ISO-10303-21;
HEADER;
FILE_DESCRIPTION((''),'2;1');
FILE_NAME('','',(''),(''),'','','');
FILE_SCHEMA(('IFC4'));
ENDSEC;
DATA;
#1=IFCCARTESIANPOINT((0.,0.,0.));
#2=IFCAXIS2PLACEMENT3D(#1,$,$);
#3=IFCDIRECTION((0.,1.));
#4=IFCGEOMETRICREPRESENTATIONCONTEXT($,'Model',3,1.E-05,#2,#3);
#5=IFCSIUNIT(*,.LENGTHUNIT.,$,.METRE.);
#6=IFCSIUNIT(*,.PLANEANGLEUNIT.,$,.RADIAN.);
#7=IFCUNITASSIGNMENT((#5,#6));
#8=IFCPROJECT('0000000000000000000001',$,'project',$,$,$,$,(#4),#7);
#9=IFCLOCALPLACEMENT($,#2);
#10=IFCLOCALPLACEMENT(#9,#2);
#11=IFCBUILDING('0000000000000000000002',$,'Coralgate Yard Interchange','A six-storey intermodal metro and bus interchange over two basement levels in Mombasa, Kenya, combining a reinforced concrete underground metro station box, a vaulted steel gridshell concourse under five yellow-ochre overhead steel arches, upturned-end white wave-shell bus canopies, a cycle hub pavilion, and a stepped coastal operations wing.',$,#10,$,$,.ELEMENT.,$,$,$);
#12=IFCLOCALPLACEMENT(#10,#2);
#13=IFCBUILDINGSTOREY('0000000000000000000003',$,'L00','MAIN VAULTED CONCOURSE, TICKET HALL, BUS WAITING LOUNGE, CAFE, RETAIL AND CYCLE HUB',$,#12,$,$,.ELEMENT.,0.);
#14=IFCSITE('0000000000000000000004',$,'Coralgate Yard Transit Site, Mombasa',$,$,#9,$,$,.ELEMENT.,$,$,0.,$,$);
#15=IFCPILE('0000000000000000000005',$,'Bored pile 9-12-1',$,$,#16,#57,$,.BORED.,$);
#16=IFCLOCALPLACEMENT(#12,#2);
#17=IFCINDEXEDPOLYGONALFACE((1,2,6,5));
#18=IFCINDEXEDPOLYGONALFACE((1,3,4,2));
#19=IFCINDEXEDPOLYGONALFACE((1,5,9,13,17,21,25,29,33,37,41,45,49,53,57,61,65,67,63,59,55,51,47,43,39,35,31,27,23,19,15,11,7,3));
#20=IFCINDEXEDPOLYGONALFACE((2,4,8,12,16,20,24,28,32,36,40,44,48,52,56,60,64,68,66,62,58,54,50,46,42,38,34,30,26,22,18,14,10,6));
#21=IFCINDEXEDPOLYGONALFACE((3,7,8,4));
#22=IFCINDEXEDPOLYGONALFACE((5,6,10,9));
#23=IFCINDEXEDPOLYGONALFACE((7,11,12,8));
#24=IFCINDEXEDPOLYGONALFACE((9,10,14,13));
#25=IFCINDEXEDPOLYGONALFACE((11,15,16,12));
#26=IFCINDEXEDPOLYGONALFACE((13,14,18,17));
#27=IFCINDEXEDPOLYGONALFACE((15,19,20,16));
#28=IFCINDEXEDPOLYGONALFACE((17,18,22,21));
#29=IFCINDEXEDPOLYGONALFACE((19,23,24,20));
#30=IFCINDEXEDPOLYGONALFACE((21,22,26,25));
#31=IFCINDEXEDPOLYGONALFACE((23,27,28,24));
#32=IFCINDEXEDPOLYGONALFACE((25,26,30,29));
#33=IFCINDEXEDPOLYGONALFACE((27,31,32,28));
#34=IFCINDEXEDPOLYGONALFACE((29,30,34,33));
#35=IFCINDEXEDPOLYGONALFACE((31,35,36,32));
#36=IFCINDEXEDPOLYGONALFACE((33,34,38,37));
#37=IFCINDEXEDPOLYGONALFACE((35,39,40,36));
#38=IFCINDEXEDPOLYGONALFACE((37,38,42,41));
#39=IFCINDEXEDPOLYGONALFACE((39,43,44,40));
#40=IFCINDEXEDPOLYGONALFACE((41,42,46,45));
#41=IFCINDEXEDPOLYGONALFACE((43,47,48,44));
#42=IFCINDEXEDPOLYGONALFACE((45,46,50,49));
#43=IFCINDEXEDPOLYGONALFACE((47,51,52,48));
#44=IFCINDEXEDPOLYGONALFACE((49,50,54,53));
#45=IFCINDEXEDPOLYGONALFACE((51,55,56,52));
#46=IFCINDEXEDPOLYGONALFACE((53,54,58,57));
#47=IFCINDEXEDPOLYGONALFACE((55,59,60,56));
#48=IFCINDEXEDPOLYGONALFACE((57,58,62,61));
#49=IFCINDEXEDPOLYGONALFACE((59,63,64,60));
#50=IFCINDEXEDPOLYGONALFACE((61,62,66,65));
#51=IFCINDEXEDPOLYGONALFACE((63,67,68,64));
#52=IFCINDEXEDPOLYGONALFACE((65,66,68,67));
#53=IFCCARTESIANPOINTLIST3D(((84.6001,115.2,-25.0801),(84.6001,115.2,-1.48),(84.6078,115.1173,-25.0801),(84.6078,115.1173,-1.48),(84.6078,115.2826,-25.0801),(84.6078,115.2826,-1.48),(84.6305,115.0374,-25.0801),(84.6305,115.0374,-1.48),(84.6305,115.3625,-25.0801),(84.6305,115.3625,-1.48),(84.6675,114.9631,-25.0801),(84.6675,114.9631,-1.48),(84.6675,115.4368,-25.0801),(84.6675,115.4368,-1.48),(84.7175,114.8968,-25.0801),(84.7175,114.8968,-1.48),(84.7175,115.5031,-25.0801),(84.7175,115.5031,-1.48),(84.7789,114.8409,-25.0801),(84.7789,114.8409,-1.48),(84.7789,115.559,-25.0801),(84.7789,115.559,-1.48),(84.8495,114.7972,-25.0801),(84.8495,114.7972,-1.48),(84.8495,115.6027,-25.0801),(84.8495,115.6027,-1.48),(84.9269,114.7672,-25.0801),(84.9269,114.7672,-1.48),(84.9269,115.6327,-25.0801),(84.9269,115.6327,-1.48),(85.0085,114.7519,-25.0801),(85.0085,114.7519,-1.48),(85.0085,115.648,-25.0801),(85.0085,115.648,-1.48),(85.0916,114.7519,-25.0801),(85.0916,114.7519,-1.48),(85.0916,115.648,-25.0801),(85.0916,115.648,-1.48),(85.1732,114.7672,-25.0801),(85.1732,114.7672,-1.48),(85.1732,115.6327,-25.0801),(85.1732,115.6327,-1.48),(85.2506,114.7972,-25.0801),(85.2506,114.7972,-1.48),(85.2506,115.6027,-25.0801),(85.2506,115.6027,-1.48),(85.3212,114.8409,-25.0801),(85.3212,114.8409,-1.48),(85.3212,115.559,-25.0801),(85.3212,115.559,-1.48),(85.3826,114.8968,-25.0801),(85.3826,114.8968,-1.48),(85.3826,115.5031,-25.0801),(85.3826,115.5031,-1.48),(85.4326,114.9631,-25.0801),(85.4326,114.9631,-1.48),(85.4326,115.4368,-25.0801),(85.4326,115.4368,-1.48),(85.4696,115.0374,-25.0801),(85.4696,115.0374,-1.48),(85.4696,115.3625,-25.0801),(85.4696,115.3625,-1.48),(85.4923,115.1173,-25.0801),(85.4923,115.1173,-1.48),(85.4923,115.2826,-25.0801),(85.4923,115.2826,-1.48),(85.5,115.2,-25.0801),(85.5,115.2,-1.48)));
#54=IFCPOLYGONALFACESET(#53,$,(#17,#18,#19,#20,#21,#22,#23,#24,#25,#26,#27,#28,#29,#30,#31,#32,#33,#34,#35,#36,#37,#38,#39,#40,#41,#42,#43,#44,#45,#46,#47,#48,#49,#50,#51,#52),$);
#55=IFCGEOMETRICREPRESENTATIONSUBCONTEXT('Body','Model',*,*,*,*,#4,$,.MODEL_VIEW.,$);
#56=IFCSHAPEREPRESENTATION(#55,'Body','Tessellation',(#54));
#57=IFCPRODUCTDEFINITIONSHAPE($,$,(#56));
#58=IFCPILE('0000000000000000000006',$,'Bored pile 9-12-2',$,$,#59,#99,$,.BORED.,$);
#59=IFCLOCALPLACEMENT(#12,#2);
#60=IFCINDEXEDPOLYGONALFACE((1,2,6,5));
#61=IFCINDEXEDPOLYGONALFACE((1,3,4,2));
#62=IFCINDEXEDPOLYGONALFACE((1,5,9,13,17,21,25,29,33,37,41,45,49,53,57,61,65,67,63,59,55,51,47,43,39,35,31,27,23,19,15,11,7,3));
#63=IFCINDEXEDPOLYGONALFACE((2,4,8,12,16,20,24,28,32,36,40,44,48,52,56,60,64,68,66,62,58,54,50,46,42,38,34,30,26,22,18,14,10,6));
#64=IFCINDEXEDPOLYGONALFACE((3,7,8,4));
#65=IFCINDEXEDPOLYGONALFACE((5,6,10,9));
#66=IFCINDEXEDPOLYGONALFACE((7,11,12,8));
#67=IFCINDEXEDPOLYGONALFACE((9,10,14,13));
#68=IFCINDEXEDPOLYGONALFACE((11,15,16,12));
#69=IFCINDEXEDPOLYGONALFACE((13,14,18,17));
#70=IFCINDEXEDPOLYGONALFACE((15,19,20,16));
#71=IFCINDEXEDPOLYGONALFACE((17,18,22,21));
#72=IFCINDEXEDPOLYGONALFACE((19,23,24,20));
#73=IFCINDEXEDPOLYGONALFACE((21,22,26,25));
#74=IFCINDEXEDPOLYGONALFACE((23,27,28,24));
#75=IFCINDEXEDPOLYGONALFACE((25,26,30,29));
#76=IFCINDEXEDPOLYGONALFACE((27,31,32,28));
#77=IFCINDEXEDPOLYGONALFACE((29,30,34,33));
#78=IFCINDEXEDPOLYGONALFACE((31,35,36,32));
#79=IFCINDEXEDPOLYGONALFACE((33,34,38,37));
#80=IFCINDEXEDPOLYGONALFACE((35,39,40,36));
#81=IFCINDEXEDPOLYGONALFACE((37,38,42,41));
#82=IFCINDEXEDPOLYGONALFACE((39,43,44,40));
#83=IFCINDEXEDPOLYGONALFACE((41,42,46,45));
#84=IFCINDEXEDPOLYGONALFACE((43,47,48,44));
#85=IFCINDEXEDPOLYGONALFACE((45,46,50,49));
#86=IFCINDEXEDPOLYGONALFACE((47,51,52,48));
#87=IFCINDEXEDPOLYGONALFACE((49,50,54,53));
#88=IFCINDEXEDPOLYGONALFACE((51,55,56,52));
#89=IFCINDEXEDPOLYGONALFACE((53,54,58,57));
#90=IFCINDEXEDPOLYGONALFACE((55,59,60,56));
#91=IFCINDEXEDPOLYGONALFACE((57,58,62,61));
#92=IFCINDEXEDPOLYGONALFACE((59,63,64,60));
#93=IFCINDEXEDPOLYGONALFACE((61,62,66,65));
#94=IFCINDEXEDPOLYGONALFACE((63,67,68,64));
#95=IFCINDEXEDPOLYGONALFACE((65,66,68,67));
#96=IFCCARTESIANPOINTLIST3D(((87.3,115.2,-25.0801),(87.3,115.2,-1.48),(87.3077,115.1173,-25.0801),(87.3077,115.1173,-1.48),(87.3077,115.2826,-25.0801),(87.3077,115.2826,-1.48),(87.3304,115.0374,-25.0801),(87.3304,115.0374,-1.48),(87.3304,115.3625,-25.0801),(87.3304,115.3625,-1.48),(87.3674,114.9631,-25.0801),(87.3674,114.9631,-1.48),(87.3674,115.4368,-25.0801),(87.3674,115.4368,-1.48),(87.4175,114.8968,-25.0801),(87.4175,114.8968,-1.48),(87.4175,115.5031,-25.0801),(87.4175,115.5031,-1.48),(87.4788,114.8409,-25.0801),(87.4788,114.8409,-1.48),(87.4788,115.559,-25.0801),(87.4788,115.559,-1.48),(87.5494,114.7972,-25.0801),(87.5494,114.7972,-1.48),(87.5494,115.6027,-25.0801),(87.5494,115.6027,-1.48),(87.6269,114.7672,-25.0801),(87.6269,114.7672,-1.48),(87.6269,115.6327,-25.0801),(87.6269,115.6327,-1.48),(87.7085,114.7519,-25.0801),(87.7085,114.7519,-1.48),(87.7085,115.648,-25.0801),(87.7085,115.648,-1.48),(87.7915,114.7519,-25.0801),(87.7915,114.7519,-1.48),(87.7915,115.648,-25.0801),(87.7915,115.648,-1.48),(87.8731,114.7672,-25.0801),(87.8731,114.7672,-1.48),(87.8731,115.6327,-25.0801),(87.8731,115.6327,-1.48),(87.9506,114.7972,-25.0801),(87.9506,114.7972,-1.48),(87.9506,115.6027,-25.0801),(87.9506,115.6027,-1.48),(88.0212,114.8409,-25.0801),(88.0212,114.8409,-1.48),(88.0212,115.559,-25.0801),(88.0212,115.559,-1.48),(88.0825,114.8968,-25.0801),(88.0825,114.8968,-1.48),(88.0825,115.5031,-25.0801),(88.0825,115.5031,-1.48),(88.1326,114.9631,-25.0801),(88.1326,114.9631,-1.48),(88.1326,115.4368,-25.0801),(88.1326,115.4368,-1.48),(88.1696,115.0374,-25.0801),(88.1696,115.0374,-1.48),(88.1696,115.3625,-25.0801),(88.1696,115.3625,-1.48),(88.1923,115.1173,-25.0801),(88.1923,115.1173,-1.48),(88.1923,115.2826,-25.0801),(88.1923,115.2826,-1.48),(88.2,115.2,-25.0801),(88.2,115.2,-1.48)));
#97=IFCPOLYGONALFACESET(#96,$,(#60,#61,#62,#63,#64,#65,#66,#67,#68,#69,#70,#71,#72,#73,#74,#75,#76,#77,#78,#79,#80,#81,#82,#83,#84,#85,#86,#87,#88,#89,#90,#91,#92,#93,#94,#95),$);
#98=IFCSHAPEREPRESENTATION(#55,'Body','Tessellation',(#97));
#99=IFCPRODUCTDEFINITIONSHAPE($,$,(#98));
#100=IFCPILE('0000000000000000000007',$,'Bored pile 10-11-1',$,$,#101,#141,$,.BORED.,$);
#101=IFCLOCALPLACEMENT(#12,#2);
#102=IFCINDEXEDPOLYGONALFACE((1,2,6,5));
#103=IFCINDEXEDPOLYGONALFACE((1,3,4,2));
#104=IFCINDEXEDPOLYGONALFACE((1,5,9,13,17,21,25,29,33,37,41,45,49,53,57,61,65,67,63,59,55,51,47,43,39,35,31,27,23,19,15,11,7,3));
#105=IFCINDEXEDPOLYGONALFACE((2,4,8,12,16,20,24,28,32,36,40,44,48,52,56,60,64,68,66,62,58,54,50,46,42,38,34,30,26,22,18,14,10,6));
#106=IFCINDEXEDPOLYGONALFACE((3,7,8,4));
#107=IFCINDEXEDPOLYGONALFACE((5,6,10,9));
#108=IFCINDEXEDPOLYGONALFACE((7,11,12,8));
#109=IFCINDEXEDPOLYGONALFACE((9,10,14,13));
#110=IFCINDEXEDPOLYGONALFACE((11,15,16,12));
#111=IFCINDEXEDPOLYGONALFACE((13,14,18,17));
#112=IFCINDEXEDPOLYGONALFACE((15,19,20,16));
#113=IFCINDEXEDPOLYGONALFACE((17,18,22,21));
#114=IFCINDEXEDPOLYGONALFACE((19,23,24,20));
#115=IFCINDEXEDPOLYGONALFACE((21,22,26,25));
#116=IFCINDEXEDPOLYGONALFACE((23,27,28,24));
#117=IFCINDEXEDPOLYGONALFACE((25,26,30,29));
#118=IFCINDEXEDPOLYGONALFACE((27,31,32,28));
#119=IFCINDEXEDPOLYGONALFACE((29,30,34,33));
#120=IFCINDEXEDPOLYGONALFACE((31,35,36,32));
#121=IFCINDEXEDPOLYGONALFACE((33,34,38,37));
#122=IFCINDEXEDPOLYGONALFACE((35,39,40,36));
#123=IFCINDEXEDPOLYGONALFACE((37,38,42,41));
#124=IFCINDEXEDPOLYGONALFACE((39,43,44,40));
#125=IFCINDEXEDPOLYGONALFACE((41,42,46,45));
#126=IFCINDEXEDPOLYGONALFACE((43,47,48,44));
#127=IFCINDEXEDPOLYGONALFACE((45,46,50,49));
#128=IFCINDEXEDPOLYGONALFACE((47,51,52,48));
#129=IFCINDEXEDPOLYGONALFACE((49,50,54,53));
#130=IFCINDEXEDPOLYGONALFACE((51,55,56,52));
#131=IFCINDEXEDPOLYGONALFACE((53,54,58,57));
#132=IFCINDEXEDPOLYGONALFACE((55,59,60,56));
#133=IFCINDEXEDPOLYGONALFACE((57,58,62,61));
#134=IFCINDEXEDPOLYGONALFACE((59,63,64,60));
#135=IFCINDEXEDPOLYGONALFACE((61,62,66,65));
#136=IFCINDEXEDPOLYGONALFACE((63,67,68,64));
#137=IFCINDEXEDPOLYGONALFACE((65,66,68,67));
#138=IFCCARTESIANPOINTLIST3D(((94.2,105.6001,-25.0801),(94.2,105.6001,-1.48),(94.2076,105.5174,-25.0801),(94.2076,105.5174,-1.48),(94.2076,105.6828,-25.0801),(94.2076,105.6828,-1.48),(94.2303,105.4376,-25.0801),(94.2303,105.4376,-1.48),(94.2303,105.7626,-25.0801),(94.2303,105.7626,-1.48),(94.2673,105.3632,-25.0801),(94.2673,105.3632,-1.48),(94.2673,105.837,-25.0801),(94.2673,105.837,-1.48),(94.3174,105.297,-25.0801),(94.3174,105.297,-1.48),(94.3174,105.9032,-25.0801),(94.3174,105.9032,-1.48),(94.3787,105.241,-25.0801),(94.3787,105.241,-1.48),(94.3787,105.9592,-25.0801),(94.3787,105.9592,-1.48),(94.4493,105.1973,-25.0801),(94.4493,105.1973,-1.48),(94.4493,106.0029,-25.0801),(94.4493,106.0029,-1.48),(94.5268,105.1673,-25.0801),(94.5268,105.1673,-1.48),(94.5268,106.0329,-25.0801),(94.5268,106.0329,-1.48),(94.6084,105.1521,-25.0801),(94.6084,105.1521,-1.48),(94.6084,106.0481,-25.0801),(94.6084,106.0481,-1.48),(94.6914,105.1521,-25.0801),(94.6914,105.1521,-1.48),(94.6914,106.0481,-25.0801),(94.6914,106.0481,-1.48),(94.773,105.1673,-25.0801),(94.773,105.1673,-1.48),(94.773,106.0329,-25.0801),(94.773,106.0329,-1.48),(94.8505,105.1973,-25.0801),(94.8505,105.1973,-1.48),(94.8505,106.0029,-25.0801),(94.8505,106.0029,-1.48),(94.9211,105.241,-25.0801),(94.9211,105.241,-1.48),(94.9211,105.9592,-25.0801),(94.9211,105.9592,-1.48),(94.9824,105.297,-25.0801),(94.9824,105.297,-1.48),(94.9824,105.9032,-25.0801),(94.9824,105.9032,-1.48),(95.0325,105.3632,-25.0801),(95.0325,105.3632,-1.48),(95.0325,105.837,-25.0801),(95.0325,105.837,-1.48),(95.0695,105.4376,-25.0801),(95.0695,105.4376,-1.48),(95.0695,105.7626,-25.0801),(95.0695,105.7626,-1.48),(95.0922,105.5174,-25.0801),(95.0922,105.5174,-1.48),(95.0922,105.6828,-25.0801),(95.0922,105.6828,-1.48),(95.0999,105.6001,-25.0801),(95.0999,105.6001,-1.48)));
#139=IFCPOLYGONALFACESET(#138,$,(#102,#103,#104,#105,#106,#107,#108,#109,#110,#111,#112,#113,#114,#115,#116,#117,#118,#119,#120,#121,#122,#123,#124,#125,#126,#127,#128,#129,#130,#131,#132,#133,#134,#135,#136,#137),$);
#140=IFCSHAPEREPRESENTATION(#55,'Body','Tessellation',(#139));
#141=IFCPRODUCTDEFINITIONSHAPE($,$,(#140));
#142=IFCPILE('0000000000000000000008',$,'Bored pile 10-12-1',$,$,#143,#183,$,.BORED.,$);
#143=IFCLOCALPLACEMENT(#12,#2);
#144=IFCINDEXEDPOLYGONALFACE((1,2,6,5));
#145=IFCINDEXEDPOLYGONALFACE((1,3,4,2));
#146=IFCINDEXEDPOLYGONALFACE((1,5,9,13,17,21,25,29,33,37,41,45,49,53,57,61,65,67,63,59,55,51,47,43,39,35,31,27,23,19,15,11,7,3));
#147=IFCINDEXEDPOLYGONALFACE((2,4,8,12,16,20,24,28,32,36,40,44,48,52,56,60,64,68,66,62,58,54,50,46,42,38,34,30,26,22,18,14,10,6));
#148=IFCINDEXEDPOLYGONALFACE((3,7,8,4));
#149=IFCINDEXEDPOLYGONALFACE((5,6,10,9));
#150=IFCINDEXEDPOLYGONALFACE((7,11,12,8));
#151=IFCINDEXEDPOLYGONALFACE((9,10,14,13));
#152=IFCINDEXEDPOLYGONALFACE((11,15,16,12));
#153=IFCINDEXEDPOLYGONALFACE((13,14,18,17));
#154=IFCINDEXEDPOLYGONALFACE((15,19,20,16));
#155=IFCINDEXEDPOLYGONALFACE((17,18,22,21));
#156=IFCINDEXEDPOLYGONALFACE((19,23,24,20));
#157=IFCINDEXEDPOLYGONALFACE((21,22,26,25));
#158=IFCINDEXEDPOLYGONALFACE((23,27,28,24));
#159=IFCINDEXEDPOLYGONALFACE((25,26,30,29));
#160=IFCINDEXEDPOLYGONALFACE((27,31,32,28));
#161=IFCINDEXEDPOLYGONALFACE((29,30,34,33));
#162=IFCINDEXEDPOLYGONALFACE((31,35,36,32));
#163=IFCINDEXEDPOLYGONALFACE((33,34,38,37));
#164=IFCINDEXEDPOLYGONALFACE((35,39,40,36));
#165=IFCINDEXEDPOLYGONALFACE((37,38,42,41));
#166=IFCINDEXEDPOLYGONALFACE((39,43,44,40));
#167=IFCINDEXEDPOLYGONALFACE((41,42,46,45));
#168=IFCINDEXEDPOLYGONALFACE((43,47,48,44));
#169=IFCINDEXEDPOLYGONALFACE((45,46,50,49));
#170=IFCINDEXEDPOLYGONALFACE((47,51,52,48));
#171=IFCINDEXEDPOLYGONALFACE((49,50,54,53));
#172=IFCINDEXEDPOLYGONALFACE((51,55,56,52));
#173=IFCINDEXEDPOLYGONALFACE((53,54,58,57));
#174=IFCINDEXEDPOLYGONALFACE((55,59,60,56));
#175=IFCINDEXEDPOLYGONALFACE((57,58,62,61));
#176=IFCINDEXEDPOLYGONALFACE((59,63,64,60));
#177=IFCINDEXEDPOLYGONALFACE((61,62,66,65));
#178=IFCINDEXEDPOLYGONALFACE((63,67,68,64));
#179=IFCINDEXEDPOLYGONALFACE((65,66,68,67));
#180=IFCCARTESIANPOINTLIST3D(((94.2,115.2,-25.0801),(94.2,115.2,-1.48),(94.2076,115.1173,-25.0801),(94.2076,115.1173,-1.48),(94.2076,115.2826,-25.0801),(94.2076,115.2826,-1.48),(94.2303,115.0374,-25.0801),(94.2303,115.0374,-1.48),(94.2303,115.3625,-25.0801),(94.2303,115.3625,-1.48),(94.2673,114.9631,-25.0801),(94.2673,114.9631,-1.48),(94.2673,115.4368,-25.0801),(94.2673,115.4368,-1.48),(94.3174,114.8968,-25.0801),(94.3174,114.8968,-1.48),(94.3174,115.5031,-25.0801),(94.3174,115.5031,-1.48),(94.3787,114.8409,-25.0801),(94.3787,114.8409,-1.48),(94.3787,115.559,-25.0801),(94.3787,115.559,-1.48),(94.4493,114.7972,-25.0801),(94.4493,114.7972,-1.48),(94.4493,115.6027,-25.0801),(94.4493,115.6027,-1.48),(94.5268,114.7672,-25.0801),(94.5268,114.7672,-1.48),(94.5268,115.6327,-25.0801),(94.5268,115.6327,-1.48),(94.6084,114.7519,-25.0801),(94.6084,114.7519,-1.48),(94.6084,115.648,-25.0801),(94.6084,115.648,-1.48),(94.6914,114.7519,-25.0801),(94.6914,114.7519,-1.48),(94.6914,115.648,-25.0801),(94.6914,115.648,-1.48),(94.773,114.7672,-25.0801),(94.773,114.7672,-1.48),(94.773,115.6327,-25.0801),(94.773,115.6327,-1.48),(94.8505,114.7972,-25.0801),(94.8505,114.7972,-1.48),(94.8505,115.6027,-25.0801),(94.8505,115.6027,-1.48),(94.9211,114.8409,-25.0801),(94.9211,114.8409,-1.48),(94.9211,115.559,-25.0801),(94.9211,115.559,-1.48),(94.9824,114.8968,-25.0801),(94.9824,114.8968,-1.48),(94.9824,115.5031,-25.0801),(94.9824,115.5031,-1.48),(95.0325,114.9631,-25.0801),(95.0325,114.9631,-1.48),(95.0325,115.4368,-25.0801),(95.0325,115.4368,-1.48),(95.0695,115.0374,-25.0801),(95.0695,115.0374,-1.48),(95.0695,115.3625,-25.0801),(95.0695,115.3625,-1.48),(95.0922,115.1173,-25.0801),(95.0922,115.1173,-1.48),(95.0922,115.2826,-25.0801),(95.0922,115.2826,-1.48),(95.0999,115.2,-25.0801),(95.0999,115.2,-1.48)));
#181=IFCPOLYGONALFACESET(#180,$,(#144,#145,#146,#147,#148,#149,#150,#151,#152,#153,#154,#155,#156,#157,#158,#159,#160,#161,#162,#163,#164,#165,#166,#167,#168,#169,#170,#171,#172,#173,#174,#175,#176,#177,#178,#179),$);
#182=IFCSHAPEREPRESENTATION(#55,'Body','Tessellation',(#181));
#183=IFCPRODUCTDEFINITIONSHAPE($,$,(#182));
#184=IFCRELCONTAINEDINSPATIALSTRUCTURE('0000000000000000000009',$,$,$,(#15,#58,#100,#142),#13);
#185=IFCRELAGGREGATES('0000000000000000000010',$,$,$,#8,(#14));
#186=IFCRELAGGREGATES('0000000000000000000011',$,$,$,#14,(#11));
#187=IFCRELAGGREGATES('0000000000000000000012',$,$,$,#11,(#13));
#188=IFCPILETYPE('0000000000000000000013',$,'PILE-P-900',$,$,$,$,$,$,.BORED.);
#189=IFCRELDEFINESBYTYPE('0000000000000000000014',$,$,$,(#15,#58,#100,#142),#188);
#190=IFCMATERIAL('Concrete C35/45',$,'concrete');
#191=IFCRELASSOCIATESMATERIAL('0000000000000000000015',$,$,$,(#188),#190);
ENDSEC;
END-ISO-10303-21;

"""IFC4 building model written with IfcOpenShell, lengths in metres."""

from ifc_helpers import new_model, si_unit, direction, frame, origin, origin_2d, place, context, subcontext, project, spatial, circle, extrude, material, material_profile, profile_set, type_object, element, save


model = new_model("IFC4")

# Units and contexts
model_context = context("Model", 3, precision=1e-05, world=origin(), true_north=direction((0.0, 1.0)))
body_context = subcontext(model_context, "Body", "Model", "MODEL_VIEW")
ifc_project = project(units=[si_unit("LENGTHUNIT", "METRE"), si_unit("PLANEANGLEUNIT", "RADIAN")], contexts=[model_context])

# Site, building, storey
site_placement = place(None, origin())
site = spatial("IfcSite", under=ifc_project, at=site_placement, Name="Coralgate Yard Transit Site, Mombasa", CompositionType="ELEMENT", RefElevation=0.0)
building_placement = place(site_placement, origin())
building = spatial("IfcBuilding", under=site, at=building_placement, Name="Coralgate Yard Interchange", Description="A six-storey intermodal metro and bus interchange over two basement levels in Mombasa, Kenya, combining a reinforced concrete underground metro station box, a vaulted steel gridshell concourse under five yellow-ochre overhead steel arches, upturned-end white wave-shell bus canopies, a cycle hub pavilion, and a stepped coastal operations wing.", CompositionType="ELEMENT")
storey_placement = place(building_placement, origin())
storey = spatial("IfcBuildingStorey", under=building, at=storey_placement, Name="L00", Description="MAIN VAULTED CONCOURSE, TICKET HALL, BUS WAITING LOUNGE, CAFE, RETAIL AND CYCLE HUB", CompositionType="ELEMENT", Elevation=0.0)

# Piles
ifc_material_1 = material(Name="Concrete C35/45", Category="concrete")
ifc_material_profile_1 = material_profile(ifc_material_1, circle(Radius=0.45, at=origin_2d()), Name="BORED PILE D900")
ifc_profile_set_1 = profile_set([ifc_material_profile_1], Name="Concrete C35/45")
pile_type = type_object("IfcPileType", Name="PILE-P-900", PredefinedType="BORED", material=ifc_profile_set_1)
for number, where, z_axis, x_axis, name in (
    (1, (85.05, 115.2, -1.48), (0.0, 0.0, -1.0), (1.0, 0.0, 0.0), "Bored pile 9-12-1"),
    (2, (87.75, 115.2, -1.48), (0.0, 0.0, -1.0), (1.0, 0.0, 0.0), "Bored pile 9-12-2"),
    (3, (94.6499, 105.6001, -1.48), (0.0, 0.0, -1.0), (1.0, 0.0, 0.0), "Bored pile 10-11-1"),
    (4, (94.6499, 115.2, -1.48), (0.0, 0.0, -1.0), (1.0, 0.0, 0.0), "Bored pile 10-12-1"),
):
    element("IfcPile", number, at=place(storey_placement, frame(where, z_axis=z_axis, x_axis=x_axis)), inside=storey, type_object=pile_type, Name=name, PredefinedType="BORED", context=body_context, shape_type="SweptSolid", body=[
        extrude(circle(Radius=0.45, at=origin_2d()), origin(), (0.0, 0.0, 1.0), 23.6001),
    ])

save(model, "model.ifc")
